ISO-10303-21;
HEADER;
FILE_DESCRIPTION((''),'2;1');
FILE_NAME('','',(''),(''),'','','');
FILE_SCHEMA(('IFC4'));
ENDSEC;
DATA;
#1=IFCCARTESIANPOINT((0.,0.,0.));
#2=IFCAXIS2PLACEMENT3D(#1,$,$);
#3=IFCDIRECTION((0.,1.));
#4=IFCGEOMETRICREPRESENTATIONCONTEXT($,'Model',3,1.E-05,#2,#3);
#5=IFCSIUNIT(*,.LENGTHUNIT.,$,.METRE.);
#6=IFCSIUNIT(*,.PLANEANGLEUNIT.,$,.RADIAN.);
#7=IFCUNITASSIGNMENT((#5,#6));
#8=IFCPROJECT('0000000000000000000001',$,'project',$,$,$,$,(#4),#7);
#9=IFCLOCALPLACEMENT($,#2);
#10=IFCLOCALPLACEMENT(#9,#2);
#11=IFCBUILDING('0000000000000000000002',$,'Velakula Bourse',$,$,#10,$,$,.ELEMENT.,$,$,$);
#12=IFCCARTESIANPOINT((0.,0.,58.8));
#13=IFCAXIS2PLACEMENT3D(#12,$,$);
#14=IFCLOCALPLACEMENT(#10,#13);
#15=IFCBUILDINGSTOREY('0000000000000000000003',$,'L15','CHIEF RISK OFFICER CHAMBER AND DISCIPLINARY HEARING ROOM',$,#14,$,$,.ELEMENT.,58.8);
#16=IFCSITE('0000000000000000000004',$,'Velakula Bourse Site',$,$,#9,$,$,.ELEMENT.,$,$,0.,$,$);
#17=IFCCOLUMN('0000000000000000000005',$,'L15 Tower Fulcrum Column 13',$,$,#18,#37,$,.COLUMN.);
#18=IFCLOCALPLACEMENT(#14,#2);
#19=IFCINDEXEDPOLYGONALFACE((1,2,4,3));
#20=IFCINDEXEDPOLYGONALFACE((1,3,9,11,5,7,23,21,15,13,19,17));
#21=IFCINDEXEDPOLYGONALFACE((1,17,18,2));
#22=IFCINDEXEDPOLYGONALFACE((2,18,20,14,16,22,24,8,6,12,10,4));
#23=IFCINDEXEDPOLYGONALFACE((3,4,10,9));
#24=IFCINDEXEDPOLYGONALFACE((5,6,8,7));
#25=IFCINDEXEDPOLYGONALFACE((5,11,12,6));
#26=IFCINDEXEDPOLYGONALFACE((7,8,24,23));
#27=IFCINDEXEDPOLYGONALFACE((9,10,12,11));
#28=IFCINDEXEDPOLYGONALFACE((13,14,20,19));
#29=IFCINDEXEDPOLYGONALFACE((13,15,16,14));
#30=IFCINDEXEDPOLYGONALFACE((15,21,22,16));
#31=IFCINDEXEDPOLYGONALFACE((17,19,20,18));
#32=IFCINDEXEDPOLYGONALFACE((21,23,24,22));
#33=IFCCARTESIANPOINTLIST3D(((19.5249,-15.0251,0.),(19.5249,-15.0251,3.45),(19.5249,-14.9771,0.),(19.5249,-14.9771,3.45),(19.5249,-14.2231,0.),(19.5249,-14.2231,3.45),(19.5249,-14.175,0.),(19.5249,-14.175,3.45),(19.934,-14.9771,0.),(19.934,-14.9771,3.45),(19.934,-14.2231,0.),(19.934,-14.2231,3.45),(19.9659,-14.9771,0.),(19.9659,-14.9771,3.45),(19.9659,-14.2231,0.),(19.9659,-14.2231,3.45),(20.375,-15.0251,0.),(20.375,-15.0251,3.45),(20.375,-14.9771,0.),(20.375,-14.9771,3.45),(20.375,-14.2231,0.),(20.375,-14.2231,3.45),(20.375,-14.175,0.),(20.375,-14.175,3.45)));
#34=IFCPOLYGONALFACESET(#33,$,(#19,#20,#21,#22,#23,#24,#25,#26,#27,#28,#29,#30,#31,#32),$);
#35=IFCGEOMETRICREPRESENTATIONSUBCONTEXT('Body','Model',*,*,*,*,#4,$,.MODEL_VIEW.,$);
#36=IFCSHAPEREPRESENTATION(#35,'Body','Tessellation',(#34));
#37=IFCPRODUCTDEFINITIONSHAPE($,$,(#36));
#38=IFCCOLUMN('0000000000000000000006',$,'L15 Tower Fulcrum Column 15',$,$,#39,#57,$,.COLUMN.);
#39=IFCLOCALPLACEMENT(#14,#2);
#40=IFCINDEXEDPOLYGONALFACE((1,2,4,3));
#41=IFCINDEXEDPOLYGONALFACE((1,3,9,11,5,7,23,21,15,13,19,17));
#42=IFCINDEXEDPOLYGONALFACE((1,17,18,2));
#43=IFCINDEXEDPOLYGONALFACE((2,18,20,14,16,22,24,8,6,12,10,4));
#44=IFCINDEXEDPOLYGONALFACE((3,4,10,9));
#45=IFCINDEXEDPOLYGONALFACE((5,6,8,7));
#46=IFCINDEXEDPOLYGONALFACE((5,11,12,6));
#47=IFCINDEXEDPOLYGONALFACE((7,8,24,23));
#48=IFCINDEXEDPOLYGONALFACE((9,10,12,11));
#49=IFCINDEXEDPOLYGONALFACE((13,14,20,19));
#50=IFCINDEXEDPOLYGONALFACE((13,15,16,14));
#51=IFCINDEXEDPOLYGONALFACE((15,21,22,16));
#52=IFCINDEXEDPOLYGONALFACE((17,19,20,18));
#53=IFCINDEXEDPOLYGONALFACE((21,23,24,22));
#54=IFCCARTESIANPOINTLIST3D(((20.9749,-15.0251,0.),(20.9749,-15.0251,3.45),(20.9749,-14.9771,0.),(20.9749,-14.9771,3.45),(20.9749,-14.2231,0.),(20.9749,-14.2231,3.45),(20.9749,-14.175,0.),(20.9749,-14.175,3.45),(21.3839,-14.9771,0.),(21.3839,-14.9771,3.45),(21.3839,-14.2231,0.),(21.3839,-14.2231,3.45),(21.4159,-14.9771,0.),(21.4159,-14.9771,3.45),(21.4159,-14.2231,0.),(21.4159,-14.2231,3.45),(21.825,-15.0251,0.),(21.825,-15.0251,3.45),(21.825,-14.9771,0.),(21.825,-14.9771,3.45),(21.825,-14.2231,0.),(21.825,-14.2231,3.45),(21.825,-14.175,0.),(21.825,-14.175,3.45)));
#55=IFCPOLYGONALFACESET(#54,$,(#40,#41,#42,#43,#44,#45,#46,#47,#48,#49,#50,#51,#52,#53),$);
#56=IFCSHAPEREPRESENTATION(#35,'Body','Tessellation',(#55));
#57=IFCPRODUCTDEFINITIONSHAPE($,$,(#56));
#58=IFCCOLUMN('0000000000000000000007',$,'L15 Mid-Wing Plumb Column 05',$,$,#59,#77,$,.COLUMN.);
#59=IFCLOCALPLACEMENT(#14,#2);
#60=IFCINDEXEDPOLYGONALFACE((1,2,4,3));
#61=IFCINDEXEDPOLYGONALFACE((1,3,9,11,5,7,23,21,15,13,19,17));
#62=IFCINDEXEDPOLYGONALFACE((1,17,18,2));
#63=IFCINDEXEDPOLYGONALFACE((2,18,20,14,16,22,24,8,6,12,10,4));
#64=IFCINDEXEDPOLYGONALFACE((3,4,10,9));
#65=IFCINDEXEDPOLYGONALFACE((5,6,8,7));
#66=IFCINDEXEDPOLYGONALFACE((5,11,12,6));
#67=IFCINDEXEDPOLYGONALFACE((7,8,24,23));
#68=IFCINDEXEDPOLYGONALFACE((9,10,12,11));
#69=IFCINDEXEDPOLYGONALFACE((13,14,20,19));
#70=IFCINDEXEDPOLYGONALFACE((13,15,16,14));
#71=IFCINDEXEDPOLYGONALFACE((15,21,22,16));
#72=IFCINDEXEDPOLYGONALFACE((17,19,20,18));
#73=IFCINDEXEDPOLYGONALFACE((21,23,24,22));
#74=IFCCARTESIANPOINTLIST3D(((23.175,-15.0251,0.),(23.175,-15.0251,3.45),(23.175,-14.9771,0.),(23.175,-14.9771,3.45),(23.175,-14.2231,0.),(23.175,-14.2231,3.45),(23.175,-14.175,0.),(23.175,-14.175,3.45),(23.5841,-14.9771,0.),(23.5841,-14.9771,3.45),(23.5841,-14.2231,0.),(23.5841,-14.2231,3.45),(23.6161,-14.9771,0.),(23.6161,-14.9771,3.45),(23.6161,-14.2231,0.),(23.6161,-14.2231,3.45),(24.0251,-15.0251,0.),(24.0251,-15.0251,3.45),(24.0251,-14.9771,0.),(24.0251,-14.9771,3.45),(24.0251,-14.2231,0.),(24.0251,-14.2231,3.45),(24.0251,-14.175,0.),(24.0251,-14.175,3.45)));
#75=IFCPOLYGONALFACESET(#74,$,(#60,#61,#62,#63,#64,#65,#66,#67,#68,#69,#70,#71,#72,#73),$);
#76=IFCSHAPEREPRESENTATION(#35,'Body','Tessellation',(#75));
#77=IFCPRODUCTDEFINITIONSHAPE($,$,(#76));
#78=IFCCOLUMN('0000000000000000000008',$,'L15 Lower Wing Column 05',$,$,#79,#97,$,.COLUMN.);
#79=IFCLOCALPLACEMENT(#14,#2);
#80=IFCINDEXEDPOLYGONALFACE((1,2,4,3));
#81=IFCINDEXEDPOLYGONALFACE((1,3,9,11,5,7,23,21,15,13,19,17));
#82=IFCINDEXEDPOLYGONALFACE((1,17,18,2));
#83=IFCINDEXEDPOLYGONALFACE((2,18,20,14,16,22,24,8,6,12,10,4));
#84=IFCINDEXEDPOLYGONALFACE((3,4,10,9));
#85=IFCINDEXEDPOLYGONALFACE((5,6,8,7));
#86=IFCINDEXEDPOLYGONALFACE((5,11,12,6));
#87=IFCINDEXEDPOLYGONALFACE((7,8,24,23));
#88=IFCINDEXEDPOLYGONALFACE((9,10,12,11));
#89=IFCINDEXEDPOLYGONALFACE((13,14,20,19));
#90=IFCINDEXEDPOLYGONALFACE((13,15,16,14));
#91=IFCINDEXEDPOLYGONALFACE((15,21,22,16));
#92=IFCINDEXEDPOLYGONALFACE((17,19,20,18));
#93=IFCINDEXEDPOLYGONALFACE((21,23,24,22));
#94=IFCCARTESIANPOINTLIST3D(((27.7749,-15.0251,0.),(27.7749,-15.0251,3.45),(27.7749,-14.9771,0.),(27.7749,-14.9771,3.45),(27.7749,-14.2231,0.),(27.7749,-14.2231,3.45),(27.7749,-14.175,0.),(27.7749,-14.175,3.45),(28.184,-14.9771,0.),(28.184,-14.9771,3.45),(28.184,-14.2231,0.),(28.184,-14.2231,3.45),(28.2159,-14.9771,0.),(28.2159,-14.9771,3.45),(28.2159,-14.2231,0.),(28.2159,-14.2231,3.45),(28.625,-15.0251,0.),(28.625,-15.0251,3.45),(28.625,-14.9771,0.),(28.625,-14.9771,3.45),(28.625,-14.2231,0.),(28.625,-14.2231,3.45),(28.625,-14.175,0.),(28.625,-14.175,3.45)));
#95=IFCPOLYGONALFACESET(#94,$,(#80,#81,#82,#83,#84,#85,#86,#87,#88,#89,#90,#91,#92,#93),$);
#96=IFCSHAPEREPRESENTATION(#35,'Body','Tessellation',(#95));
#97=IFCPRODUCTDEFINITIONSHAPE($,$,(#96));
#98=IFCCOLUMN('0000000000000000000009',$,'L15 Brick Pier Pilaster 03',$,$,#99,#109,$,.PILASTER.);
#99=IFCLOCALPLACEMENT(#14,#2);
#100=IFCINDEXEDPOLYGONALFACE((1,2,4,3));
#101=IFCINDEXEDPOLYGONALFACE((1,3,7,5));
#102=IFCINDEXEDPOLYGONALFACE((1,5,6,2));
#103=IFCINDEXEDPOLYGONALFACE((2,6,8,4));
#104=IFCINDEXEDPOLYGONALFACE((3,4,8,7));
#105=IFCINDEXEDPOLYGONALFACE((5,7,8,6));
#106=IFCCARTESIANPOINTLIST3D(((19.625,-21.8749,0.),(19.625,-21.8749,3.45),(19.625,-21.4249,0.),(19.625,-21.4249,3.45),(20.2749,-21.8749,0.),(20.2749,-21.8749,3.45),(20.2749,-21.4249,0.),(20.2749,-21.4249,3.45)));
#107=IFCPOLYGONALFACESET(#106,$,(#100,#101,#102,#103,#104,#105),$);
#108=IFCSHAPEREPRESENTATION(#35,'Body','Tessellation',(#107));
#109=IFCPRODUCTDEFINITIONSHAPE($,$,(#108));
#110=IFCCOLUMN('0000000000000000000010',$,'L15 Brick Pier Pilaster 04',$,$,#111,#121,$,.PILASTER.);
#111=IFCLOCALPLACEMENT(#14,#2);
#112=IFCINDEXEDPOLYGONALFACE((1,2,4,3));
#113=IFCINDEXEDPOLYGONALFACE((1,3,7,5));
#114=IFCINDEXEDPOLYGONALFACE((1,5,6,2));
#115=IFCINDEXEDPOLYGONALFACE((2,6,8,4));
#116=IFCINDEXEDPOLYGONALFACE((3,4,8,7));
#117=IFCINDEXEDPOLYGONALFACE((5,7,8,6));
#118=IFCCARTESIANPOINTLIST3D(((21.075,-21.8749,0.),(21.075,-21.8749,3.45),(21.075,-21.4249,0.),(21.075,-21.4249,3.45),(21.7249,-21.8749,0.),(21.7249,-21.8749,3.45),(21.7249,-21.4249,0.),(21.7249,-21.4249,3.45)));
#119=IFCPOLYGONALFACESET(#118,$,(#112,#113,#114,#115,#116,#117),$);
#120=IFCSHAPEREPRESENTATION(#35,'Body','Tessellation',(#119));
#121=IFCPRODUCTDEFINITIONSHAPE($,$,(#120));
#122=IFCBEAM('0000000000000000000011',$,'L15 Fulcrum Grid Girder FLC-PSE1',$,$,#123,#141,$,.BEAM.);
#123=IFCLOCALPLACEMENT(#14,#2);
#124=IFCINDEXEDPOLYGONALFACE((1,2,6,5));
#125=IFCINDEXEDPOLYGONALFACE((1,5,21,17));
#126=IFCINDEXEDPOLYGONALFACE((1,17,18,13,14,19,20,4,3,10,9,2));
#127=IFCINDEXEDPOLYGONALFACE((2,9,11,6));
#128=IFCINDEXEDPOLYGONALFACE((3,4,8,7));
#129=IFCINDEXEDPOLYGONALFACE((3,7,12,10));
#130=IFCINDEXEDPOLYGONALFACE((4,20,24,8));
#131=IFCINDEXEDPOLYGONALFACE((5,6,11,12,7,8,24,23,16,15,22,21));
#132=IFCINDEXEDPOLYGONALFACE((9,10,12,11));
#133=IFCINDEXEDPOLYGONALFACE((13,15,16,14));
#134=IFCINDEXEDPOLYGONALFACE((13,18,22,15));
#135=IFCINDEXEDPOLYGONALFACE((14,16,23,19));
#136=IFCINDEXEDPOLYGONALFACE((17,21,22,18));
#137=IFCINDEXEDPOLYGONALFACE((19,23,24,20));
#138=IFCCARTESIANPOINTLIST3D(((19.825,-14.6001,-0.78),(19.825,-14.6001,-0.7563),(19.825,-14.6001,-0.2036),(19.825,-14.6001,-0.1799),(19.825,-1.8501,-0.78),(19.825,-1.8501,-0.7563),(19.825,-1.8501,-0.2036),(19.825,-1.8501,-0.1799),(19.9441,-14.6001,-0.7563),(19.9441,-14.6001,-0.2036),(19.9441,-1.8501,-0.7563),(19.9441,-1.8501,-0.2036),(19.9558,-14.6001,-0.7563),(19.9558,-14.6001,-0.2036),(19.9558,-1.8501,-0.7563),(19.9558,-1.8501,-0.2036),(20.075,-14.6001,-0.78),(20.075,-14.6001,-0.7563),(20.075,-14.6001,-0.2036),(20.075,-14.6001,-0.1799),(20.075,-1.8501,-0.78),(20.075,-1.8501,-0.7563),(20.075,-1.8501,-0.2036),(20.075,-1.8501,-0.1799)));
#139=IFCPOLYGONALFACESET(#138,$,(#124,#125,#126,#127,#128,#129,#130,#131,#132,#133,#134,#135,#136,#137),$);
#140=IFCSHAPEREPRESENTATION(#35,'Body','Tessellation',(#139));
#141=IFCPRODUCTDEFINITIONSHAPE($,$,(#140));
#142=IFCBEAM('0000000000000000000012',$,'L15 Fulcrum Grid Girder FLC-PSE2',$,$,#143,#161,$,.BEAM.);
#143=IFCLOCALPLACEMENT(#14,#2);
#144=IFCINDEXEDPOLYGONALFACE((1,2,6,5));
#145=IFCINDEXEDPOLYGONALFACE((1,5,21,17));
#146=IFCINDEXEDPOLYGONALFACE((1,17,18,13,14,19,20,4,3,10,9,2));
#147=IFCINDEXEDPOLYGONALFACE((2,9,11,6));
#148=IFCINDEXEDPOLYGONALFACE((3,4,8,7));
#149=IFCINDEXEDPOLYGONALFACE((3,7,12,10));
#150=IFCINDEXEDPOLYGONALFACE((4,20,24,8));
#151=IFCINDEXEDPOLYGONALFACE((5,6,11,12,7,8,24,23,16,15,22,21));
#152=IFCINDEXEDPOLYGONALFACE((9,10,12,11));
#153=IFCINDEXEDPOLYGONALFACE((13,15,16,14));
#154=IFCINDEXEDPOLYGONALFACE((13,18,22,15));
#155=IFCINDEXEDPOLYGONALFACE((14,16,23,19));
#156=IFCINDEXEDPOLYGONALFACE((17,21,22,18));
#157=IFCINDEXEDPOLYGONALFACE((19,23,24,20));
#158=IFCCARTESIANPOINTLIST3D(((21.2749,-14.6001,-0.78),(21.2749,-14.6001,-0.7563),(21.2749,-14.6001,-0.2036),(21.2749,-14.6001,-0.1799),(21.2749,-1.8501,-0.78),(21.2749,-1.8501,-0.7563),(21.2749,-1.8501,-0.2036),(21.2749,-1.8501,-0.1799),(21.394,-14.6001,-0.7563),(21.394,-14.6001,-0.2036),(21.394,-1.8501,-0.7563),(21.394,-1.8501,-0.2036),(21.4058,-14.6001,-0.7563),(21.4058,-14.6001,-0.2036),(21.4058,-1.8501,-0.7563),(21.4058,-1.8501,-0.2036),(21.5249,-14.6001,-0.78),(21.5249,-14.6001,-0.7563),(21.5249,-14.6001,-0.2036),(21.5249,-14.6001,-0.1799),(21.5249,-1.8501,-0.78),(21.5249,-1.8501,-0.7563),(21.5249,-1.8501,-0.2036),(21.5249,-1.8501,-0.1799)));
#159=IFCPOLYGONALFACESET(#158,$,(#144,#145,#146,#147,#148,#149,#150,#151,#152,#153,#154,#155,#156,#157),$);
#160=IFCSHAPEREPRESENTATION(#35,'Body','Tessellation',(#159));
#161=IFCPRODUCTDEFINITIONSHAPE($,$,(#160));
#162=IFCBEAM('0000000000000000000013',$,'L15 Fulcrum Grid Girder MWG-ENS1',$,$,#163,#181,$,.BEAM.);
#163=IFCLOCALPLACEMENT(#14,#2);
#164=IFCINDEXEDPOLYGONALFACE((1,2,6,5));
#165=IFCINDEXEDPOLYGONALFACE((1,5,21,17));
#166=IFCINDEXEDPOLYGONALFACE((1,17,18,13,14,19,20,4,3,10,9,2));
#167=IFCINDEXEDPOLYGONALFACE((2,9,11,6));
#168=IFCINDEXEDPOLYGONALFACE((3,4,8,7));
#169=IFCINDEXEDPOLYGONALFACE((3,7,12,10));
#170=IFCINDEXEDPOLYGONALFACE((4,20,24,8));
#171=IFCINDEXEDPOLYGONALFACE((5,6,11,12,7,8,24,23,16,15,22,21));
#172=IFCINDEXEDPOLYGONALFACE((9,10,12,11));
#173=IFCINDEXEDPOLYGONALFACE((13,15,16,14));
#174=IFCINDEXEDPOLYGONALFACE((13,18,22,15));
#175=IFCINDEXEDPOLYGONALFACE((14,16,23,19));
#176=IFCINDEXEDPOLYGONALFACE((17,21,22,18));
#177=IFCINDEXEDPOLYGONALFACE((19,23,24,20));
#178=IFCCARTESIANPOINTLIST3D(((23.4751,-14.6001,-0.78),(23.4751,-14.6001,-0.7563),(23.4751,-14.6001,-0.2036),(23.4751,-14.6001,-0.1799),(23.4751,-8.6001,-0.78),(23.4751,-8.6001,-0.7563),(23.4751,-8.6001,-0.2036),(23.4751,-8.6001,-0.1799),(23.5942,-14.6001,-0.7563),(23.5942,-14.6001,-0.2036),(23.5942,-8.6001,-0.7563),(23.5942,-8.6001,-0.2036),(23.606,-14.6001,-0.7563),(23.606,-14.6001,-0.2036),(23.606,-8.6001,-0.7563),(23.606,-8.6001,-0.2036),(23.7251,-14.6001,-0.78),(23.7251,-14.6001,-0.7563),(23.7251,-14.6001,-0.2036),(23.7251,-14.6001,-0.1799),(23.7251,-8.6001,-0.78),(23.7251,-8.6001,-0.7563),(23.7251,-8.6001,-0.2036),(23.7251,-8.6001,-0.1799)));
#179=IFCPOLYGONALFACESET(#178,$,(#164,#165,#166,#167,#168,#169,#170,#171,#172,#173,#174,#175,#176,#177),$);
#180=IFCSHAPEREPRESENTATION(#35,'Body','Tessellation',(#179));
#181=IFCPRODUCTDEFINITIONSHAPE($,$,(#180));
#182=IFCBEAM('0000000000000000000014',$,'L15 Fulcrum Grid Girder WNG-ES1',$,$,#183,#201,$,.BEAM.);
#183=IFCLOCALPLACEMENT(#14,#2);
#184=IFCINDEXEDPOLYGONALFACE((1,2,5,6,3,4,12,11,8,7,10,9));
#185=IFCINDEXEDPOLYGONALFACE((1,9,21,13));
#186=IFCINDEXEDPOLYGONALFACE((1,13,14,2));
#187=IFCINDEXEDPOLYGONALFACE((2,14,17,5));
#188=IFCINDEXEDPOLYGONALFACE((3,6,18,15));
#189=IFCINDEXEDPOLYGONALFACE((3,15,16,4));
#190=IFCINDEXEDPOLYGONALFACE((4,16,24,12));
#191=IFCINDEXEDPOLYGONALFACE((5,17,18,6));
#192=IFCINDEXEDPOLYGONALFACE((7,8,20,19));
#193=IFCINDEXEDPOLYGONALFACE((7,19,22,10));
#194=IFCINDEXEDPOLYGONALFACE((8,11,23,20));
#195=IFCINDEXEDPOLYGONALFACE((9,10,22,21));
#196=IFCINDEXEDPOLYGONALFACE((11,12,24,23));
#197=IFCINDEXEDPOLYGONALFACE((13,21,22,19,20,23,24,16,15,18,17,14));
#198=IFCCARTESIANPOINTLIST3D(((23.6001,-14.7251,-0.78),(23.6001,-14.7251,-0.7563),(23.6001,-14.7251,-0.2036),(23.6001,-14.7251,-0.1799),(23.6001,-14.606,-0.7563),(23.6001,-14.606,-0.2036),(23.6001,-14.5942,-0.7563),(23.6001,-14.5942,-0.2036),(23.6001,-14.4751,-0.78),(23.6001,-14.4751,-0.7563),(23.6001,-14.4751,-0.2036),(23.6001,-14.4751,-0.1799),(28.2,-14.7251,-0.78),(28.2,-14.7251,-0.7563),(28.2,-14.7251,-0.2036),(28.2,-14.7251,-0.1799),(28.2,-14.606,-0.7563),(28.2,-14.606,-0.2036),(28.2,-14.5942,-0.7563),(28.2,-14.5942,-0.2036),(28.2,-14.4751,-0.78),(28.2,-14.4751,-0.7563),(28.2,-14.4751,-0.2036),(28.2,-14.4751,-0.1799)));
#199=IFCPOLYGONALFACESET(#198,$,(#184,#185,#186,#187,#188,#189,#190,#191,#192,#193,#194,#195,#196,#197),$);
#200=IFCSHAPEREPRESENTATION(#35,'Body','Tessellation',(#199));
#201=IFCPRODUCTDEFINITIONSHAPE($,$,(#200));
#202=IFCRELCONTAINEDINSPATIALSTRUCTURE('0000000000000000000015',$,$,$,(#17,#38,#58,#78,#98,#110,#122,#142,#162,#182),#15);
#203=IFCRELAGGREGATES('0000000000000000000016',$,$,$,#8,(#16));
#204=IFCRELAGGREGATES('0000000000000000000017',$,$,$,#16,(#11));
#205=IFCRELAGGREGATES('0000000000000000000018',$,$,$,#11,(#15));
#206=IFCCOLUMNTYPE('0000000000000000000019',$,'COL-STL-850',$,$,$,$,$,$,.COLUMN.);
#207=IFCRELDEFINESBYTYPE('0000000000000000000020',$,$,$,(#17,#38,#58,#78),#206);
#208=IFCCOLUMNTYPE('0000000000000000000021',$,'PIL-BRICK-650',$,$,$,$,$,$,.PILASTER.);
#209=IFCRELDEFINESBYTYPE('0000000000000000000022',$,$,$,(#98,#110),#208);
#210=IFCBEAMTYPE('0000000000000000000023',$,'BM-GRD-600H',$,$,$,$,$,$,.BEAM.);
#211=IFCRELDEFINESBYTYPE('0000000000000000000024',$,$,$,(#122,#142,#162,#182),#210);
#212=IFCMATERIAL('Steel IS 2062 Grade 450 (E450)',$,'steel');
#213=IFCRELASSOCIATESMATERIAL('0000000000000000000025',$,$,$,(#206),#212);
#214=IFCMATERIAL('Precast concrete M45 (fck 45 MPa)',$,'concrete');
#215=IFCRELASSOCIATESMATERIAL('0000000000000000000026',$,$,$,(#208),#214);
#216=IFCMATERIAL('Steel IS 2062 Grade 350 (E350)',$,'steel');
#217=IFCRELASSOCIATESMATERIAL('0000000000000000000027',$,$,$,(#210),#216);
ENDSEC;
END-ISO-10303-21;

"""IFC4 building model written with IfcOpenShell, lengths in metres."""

from ifc_helpers import new_model, si_unit, direction, frame, origin, origin_2d, place, context, subcontext, project, spatial, rectangle, i_section, extrude, material, material_profile, profile_set, type_object, element, save


model = new_model("IFC4")

# Units and contexts
model_context = context("Model", 3, precision=1e-05, world=origin(), true_north=direction((0.0, 1.0)))
body_context = subcontext(model_context, "Body", "Model", "MODEL_VIEW")
ifc_project = project(units=[si_unit("LENGTHUNIT", "METRE"), si_unit("PLANEANGLEUNIT", "RADIAN")], contexts=[model_context])

# Site, building, storey
site_placement = place(None, origin())
site = spatial("IfcSite", under=ifc_project, at=site_placement, Name="Velakula Bourse Site", CompositionType="ELEMENT", RefElevation=0.0)
building_placement = place(site_placement, origin())
building = spatial("IfcBuilding", under=site, at=building_placement, Name="Velakula Bourse", CompositionType="ELEMENT")
storey_placement = place(building_placement, frame((0.0, 0.0, 58.8)))
storey = spatial("IfcBuildingStorey", under=building, at=storey_placement, Name="L15", Description="CHIEF RISK OFFICER CHAMBER AND DISCIPLINARY HEARING ROOM", CompositionType="ELEMENT", Elevation=58.8)

# Columns
ifc_material_1 = material(Name="Steel IS 2062 Grade 450 (E450)", Category="steel")
ifc_material_profile_1 = material_profile(ifc_material_1, i_section(OverallWidth=0.8501, OverallDepth=0.8501, WebThickness=0.032, FlangeThickness=0.0481, at=origin_2d()), Name="Steel IS 2062 Grade 450 (E450)")
ifc_profile_set_1 = profile_set([ifc_material_profile_1], Name="Steel IS 2062 Grade 450 (E450)")
column_type_1 = type_object("IfcColumnType", Name="COL-STL-850", PredefinedType="COLUMN", material=ifc_profile_set_1)
for number, where, z_axis, x_axis, name in (
    (1, (19.95, -14.6001, 0.0), (0.0, 0.0, 1.0), (1.0, 0.0, 0.0), "L15 Tower Fulcrum Column 13"),
    (2, (21.3999, -14.6001, 0.0), (0.0, 0.0, 1.0), (1.0, 0.0, 0.0), "L15 Tower Fulcrum Column 15"),
    (3, (23.6001, -14.6001, 0.0), (0.0, 0.0, 1.0), (1.0, 0.0, 0.0), "L15 Mid-Wing Plumb Column 05"),
    (4, (28.2, -14.6001, 0.0), (0.0, 0.0, 1.0), (1.0, 0.0, 0.0), "L15 Lower Wing Column 05"),
):
    element("IfcColumn", number, at=place(storey_placement, frame(where, z_axis=z_axis, x_axis=x_axis)), inside=storey, type_object=column_type_1, Name=name, PredefinedType="COLUMN", context=body_context, shape_type="SweptSolid", body=[
        extrude(i_section(OverallWidth=0.8501, OverallDepth=0.8501, WebThickness=0.032, FlangeThickness=0.0481, at=origin_2d()), origin(), (0.0, 0.0, 1.0), 3.45),
    ])
ifc_material_2 = material(Name="Precast concrete M45 (fck 45 MPa)", Category="concrete")
ifc_material_profile_2 = material_profile(ifc_material_2, rectangle(XDim=0.6499, YDim=0.45, at=origin_2d()), Name="Precast concrete M45 (fck 45 MPa)")
ifc_profile_set_2 = profile_set([ifc_material_profile_2], Name="Precast concrete M45 (fck 45 MPa)")
column_type_2 = type_object("IfcColumnType", Name="PIL-BRICK-650", PredefinedType="PILASTER", material=ifc_profile_set_2)
for number, where, z_axis, x_axis, name in (
    (5, (19.95, -21.6499, 0.0), (0.0, 0.0, 1.0), (1.0, 0.0, 0.0), "L15 Brick Pier Pilaster 03"),
    (6, (21.3999, -21.6499, 0.0), (0.0, 0.0, 1.0), (1.0, 0.0, 0.0), "L15 Brick Pier Pilaster 04"),
):
    element("IfcColumn", number, at=place(storey_placement, frame(where, z_axis=z_axis, x_axis=x_axis)), inside=storey, type_object=column_type_2, Name=name, PredefinedType="PILASTER", context=body_context, shape_type="SweptSolid", body=[
        extrude(rectangle(XDim=0.6499, YDim=0.45, at=origin_2d()), origin(), (0.0, 0.0, 1.0), 3.45),
    ])

# Beams
ifc_material_3 = material(Name="Steel IS 2062 Grade 350 (E350)", Category="steel")
ifc_material_profile_3 = material_profile(ifc_material_3, i_section(OverallWidth=0.25, OverallDepth=0.6001, WebThickness=0.0117, FlangeThickness=0.0237, at=origin_2d()), Name="Steel IS 2062 Grade 350 (E350)")
ifc_profile_set_3 = profile_set([ifc_material_profile_3], Name="Steel IS 2062 Grade 350 (E350)")
beam_type_1 = type_object("IfcBeamType", Name="BM-GRD-600H", PredefinedType="BEAM", material=ifc_profile_set_3)
for number, where, z_axis, x_axis, name in (
    (7, (19.95, -14.6001, -0.48), (0.0, 1.0, 0.0), (-1.0, 0.0, 0.0), "L15 Fulcrum Grid Girder FLC-PSE1"),
    (8, (21.3999, -14.6001, -0.48), (0.0, 1.0, 0.0), (-1.0, 0.0, 0.0), "L15 Fulcrum Grid Girder FLC-PSE2"),
):
    element("IfcBeam", number, at=place(storey_placement, frame(where, z_axis=z_axis, x_axis=x_axis)), inside=storey, type_object=beam_type_1, Name=name, PredefinedType="BEAM", context=body_context, shape_type="SweptSolid", body=[
        extrude(i_section(OverallWidth=0.25, OverallDepth=0.6001, WebThickness=0.0117, FlangeThickness=0.0237, at=origin_2d()), origin(), (0.0, 0.0, 1.0), 12.75),
    ])
beam_1_placement = place(storey_placement, frame((23.6001, -14.6001, -0.48), z_axis=(0.0, 1.0, 0.0), x_axis=(-1.0, 0.0, 0.0)))
element("IfcBeam", 9, at=beam_1_placement, inside=storey, type_object=beam_type_1, Name="L15 Fulcrum Grid Girder MWG-ENS1", PredefinedType="BEAM", context=body_context, shape_type="SweptSolid", body=[
    extrude(i_section(OverallWidth=0.25, OverallDepth=0.6001, WebThickness=0.0117, FlangeThickness=0.0237, at=origin_2d()), origin(), (0.0, 0.0, 1.0), 6.0),
])
beam_2_placement = place(storey_placement, frame((23.6001, -14.6001, -0.48), z_axis=(1.0, 0.0, 0.0), x_axis=(0.0, 1.0, 0.0)))
element("IfcBeam", 10, at=beam_2_placement, inside=storey, type_object=beam_type_1, Name="L15 Fulcrum Grid Girder WNG-ES1", PredefinedType="BEAM", context=body_context, shape_type="SweptSolid", body=[
    extrude(i_section(OverallWidth=0.25, OverallDepth=0.6001, WebThickness=0.0117, FlangeThickness=0.0237, at=origin_2d()), origin(), (0.0, 0.0, 1.0), 4.5999),
])

save(model, "model.ifc")
